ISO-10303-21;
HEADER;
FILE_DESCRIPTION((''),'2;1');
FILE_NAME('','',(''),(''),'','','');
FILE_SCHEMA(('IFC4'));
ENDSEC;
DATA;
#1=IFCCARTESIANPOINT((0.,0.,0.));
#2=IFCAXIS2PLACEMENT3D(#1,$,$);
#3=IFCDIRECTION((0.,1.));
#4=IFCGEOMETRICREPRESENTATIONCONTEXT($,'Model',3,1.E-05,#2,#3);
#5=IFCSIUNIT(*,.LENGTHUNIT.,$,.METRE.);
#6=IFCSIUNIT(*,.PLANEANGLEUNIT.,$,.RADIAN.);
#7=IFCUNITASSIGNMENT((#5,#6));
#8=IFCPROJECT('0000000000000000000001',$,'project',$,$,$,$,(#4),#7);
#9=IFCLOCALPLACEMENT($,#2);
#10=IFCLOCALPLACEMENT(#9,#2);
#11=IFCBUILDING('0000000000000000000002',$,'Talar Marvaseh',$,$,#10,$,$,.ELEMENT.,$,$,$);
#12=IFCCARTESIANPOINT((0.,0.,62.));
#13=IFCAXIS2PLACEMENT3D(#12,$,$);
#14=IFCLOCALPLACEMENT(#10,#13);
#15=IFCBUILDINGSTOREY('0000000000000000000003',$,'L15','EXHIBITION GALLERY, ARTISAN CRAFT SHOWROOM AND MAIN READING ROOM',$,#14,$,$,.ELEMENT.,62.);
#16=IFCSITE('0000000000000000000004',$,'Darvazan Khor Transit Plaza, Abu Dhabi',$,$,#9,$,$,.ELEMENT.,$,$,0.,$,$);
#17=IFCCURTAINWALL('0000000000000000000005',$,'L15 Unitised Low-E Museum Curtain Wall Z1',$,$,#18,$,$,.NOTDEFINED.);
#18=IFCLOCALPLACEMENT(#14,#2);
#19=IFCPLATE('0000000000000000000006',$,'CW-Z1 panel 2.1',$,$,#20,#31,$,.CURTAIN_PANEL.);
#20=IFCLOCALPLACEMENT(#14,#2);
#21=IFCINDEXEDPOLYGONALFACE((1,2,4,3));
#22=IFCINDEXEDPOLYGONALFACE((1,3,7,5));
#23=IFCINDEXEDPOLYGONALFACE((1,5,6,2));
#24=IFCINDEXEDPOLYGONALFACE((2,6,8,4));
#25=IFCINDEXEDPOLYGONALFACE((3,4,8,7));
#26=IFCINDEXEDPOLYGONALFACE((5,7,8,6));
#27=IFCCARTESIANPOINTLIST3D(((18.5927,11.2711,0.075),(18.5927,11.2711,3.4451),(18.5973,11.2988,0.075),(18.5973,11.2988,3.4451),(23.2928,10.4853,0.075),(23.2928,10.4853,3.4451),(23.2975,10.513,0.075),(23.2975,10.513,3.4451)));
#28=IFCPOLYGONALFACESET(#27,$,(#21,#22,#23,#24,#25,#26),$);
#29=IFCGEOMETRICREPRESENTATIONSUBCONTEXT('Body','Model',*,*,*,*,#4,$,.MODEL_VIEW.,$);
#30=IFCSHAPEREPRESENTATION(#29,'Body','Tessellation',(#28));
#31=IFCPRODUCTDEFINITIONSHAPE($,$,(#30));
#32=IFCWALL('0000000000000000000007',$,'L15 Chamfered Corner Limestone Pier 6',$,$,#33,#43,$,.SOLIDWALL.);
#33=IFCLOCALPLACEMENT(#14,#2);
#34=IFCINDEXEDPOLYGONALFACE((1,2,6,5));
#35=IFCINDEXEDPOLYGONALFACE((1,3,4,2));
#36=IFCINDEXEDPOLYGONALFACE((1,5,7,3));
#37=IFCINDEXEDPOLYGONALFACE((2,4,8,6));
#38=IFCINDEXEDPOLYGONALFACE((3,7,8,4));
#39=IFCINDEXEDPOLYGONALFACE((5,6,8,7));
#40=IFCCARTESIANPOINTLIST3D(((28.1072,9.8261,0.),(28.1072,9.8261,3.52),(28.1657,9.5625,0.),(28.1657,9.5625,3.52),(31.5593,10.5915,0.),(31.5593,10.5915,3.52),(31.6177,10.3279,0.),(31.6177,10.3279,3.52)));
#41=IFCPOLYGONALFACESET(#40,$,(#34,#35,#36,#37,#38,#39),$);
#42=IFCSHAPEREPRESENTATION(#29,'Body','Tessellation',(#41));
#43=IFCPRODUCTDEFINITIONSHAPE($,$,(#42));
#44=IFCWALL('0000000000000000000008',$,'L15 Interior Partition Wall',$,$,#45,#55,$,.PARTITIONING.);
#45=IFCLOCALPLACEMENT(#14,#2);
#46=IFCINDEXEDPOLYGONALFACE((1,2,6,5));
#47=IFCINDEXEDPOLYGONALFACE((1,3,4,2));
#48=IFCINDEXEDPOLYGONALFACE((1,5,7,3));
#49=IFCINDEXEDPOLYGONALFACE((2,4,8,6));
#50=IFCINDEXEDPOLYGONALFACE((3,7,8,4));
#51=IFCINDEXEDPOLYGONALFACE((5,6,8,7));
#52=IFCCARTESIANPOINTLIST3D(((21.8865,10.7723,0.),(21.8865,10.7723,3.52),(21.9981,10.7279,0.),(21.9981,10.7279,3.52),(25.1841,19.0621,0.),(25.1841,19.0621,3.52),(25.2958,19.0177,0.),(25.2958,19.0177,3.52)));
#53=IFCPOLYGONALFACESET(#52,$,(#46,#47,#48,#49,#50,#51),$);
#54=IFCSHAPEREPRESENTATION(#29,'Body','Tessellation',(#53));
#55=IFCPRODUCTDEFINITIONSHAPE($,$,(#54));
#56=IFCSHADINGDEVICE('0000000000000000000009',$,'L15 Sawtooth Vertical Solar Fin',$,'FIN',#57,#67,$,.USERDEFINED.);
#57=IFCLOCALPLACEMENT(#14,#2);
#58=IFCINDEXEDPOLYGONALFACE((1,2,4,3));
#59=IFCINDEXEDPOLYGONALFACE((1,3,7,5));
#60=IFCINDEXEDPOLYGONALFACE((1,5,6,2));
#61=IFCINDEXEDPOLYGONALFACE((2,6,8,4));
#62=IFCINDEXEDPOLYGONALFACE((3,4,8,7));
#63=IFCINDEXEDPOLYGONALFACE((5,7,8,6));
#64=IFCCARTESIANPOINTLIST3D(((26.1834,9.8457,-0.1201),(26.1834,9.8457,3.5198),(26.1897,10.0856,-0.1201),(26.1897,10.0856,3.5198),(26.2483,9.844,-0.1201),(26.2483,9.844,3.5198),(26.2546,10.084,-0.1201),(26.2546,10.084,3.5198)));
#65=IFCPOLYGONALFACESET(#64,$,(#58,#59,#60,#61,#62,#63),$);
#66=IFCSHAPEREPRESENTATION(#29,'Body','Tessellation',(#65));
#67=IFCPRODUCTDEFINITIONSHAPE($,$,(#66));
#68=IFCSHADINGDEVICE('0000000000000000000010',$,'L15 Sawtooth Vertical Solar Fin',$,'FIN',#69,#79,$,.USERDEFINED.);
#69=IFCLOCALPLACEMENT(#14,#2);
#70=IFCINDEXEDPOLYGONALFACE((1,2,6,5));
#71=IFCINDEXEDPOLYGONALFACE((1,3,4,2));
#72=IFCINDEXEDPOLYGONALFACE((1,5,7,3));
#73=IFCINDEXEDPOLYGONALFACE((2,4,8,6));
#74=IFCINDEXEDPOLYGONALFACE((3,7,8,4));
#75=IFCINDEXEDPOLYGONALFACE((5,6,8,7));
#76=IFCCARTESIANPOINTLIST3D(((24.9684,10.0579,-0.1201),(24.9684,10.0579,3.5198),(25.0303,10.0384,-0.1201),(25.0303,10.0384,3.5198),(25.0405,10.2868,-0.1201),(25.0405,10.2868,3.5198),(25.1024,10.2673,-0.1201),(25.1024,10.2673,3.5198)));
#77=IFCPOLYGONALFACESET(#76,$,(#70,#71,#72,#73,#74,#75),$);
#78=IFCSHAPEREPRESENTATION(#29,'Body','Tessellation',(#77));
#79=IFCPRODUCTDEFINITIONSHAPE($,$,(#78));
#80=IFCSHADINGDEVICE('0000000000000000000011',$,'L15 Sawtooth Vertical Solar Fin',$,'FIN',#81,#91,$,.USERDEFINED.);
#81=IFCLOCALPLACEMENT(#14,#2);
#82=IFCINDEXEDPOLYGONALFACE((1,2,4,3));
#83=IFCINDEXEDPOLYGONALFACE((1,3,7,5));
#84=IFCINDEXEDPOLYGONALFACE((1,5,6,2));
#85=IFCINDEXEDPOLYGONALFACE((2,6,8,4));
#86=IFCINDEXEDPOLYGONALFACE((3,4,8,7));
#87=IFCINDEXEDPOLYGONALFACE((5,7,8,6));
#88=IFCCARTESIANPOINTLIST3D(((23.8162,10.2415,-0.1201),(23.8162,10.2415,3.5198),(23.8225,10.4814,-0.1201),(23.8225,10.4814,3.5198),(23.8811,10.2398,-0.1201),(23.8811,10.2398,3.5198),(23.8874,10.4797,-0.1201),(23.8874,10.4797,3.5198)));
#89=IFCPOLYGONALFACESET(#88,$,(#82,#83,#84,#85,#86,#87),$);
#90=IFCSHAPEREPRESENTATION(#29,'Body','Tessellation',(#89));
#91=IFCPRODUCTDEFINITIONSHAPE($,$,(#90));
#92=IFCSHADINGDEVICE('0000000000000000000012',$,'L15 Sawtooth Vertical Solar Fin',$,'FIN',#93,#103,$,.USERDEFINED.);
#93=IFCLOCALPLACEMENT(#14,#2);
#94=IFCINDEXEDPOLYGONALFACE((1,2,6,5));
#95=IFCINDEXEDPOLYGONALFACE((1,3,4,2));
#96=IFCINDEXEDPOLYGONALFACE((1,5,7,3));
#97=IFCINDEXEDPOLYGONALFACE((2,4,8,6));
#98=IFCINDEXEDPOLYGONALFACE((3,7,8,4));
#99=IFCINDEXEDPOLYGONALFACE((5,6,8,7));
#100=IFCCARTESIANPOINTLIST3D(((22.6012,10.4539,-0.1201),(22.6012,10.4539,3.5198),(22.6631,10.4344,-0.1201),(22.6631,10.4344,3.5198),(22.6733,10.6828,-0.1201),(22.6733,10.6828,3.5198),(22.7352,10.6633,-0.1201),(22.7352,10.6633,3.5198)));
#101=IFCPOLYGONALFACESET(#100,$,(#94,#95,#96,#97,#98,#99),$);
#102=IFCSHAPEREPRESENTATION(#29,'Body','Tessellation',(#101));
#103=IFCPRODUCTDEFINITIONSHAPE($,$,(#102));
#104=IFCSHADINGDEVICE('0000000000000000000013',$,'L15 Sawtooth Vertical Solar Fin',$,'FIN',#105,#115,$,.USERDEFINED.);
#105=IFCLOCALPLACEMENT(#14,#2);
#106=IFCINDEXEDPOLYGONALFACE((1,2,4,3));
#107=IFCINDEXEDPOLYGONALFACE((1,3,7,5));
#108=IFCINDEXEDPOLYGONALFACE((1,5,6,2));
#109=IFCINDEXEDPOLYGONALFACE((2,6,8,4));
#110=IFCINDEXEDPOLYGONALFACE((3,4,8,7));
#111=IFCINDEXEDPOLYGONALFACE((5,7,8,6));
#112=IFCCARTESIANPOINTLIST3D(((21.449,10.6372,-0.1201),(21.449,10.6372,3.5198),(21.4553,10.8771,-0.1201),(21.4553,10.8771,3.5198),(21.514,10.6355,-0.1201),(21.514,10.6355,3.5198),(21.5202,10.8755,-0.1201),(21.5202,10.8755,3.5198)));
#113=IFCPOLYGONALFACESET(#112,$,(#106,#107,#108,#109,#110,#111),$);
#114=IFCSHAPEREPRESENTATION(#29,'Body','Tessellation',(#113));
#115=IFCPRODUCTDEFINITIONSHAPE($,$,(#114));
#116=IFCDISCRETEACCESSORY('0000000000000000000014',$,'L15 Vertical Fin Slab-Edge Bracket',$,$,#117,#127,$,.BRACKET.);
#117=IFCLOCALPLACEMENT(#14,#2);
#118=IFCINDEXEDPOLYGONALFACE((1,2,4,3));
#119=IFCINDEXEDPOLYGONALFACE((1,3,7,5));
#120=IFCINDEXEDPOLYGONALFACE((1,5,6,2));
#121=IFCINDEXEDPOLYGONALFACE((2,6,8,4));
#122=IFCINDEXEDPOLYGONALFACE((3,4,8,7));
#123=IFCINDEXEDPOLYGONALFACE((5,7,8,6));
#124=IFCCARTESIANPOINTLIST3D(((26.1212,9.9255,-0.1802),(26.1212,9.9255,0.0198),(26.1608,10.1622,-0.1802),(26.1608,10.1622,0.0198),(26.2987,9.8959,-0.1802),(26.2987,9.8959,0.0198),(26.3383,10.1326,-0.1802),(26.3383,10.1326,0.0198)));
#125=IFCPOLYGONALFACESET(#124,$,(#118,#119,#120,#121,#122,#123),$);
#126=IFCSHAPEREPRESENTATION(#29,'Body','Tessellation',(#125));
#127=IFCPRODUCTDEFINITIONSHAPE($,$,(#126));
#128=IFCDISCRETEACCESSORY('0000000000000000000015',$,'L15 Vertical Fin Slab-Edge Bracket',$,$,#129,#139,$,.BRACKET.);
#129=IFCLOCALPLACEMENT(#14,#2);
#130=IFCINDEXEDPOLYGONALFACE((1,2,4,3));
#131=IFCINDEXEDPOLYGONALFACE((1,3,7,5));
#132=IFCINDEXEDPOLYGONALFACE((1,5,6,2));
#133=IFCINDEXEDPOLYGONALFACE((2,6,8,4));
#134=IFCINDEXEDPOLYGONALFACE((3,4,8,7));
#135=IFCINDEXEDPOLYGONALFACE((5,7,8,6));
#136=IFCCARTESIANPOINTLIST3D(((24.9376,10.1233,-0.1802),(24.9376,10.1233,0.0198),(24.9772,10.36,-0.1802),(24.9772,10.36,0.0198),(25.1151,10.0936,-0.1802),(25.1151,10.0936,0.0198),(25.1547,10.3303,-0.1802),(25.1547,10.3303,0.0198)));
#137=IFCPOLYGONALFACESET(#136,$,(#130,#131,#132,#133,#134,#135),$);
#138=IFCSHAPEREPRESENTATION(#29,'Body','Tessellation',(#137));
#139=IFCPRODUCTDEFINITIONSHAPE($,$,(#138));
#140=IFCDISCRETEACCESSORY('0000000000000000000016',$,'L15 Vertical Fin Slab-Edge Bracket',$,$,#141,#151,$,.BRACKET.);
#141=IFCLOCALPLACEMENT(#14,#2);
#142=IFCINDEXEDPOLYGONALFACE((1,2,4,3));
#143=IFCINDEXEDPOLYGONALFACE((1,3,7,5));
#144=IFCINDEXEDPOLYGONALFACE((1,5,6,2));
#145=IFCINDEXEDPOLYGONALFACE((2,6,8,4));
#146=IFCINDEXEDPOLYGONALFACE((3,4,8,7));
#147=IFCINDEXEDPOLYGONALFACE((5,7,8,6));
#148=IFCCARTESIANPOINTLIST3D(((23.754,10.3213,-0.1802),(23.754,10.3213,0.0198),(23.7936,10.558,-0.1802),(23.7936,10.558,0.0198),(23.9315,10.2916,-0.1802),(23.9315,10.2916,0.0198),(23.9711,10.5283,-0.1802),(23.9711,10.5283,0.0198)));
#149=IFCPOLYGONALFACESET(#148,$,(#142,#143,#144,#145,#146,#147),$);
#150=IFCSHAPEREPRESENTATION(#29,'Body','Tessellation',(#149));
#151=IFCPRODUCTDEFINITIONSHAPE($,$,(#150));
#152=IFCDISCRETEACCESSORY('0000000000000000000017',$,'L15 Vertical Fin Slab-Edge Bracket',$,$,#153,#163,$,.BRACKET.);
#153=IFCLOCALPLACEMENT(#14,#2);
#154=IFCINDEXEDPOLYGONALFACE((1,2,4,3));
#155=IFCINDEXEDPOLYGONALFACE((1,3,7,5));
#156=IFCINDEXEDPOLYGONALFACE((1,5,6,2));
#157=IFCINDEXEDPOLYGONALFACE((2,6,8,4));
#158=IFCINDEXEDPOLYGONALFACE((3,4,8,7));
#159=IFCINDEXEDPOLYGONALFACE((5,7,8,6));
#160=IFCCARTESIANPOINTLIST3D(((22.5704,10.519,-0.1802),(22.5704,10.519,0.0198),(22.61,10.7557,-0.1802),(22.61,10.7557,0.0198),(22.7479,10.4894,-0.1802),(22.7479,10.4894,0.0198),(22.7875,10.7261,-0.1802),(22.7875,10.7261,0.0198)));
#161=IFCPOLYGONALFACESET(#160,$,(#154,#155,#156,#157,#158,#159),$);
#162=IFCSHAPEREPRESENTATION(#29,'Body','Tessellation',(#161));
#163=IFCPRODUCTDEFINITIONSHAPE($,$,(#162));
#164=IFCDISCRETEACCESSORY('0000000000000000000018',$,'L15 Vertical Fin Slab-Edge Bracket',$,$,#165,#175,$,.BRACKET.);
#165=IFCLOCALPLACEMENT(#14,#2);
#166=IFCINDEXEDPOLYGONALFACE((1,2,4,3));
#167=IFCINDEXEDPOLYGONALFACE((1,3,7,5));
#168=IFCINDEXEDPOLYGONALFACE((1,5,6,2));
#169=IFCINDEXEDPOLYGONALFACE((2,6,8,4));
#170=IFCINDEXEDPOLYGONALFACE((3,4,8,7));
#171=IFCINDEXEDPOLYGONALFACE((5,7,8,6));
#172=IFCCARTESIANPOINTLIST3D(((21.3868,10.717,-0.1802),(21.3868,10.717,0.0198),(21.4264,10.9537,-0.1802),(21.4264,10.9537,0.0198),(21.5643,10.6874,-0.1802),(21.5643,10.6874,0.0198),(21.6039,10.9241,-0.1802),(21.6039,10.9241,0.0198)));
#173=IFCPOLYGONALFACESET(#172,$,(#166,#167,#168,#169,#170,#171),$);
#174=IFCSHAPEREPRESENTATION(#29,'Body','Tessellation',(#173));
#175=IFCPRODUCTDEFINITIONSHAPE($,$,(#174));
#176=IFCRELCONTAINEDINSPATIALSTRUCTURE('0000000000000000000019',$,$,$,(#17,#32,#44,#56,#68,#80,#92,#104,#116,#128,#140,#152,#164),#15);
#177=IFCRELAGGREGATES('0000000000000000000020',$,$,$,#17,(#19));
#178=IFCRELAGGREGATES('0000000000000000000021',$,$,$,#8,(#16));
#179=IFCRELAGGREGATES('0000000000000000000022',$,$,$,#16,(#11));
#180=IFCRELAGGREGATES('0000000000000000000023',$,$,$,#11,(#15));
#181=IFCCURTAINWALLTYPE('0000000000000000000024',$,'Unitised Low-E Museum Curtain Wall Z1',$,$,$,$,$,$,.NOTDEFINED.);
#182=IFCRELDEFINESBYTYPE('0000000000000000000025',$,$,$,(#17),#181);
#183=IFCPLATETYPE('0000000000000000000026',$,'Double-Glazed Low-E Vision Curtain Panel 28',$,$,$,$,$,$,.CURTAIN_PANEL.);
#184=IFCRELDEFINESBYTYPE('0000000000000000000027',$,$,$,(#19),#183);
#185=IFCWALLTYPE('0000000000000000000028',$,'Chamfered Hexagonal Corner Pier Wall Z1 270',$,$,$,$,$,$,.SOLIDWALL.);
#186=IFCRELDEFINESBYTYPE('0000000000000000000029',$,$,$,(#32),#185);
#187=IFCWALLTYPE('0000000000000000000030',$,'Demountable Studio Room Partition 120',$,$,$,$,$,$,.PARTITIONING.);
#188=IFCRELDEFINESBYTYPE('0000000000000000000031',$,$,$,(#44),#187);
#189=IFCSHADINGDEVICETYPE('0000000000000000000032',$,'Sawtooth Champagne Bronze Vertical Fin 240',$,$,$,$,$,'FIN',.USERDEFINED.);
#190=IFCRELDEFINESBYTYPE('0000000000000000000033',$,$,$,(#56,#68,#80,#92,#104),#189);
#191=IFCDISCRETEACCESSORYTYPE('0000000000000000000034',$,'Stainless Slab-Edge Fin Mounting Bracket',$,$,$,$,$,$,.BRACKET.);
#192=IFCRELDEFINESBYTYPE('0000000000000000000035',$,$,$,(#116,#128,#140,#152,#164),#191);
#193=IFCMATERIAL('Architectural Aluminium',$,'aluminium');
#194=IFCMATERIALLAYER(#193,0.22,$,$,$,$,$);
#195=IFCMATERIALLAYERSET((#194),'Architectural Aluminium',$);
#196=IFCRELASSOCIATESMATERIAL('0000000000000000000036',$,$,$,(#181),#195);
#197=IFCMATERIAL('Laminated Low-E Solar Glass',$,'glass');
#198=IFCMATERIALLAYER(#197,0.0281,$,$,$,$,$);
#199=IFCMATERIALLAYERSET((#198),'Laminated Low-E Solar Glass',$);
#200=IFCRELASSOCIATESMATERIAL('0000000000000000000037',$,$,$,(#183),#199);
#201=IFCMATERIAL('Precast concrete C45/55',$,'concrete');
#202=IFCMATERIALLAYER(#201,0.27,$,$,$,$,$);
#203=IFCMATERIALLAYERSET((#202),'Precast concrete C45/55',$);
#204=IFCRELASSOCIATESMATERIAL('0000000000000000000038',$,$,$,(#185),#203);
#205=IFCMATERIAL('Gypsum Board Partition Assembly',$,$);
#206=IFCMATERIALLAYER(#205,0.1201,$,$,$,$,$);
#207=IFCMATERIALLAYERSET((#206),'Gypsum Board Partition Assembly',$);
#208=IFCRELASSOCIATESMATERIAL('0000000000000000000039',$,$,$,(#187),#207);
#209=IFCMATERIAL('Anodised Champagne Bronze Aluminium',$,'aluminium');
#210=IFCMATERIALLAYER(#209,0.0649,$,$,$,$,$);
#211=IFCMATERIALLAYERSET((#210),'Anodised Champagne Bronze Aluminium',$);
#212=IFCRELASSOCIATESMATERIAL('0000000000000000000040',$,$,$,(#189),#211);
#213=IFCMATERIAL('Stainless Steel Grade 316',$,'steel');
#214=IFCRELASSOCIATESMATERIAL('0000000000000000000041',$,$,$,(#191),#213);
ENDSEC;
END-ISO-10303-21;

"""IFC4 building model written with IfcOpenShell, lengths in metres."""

from ifc_helpers import new_model, si_unit, direction, frame, frame_2d, origin, origin_2d, place, context, subcontext, project, spatial, rectangle, extrude, source, transform, mapped, material, layer, layer_set, type_object, type_shapes, element, aggregate, save


model = new_model("IFC4")

# Units and contexts
model_context = context("Model", 3, precision=1e-05, world=origin(), true_north=direction((0.0, 1.0)))
body_context = subcontext(model_context, "Body", "Model", "MODEL_VIEW")
ifc_project = project(units=[si_unit("LENGTHUNIT", "METRE"), si_unit("PLANEANGLEUNIT", "RADIAN")], contexts=[model_context])

# Site, building, storey
site_placement = place(None, origin())
site = spatial("IfcSite", under=ifc_project, at=site_placement, Name="Darvazan Khor Transit Plaza, Abu Dhabi", CompositionType="ELEMENT", RefElevation=0.0)
building_placement = place(site_placement, origin())
building = spatial("IfcBuilding", under=site, at=building_placement, Name="Talar Marvaseh", CompositionType="ELEMENT")
storey_placement = place(building_placement, frame((0.0, 0.0, 62.0)))
storey = spatial("IfcBuildingStorey", under=building, at=storey_placement, Name="L15", Description="EXHIBITION GALLERY, ARTISAN CRAFT SHOWROOM AND MAIN READING ROOM", CompositionType="ELEMENT", Elevation=62.0)

# Shared definitions
ifc_material_1 = material(Name="Architectural Aluminium", Category="aluminium")
ifc_layer_1 = layer(ifc_material_1, 0.22)
ifc_layer_set_1 = layer_set([ifc_layer_1], Name="Architectural Aluminium")
curtain_wall_type = type_object("IfcCurtainWallType", Name="Unitised Low-E Museum Curtain Wall Z1", PredefinedType="NOTDEFINED", material=ifc_layer_set_1)

# Curtain wall, plate
curtain_wall_1_placement = place(storey_placement, origin())
curtain_wall_1 = element("IfcCurtainWall", 1, at=curtain_wall_1_placement, inside=storey, type_object=curtain_wall_type, Name="L15 Unitised Low-E Museum Curtain Wall Z1", PredefinedType="NOTDEFINED")
ifc_material_2 = material(Name="Laminated Low-E Solar Glass", Category="glass")
ifc_layer_2 = layer(ifc_material_2, 0.0281)
ifc_layer_set_2 = layer_set([ifc_layer_2], Name="Laminated Low-E Solar Glass")
plate_type = type_object("IfcPlateType", Name="Double-Glazed Low-E Vision Curtain Panel 28", PredefinedType="CURTAIN_PANEL", material=ifc_layer_set_2)
shared_shape_1 = source(origin(), body_context, "Body", "SweptSolid", [
    extrude(rectangle(XDim=4.7654, YDim=0.0281, at=origin_2d()), origin(), (0.0, 0.0, 1.0), 3.3701),
])
plate_1_placement = place(storey_placement, frame((20.9451, 10.8921, 0.075), z_axis=(0.0, 0.0, 1.0), x_axis=(-0.986311, 0.164896, 0.0)))
plate_1 = element("IfcPlate", 2, at=plate_1_placement, type_object=plate_type, Name="CW-Z1 panel 2.1", PredefinedType="CURTAIN_PANEL", context=body_context, shape_type="MappedRepresentation", body=[
    mapped(shared_shape_1, transform((0.0, 0.0, 0.0), x_axis=(1.0, 0.0, 0.0), y_axis=(0.0, 1.0, 0.0), z_axis=(0.0, 0.0, 1.0), scale=1.0)),
])
aggregate(curtain_wall_1, [plate_1])

# Walls
ifc_material_3 = material(Name="Precast concrete C45/55", Category="concrete")
ifc_layer_3 = layer(ifc_material_3, 0.27)
ifc_layer_set_3 = layer_set([ifc_layer_3], Name="Precast concrete C45/55")
wall_type_1 = type_object("IfcWallType", Name="Chamfered Hexagonal Corner Pier Wall Z1 270", PredefinedType="SOLIDWALL", material=ifc_layer_set_3)
wall_1_placement = place(storey_placement, frame((31.5886, 10.4597, 0.0), z_axis=(0.0, 0.0, 1.0), x_axis=(-0.976293, -0.216455, 0.0)))
element("IfcWall", 3, at=wall_1_placement, inside=storey, type_object=wall_type_1, Name="L15 Chamfered Corner Limestone Pier 6", PredefinedType="SOLIDWALL", context=body_context, shape_type="SweptSolid", body=[
    extrude(rectangle(XDim=3.5359, YDim=0.27, at=frame_2d((1.7681, 0.0))), origin(), (0.0, 0.0, 1.0), 3.52),
])
ifc_material_4 = material(Name="Gypsum Board Partition Assembly")
ifc_layer_4 = layer(ifc_material_4, 0.1201)
ifc_layer_set_4 = layer_set([ifc_layer_4], Name="Gypsum Board Partition Assembly")
wall_type_2 = type_object("IfcWallType", Name="Demountable Studio Room Partition 120", PredefinedType="PARTITIONING", material=ifc_layer_set_4)
wall_2_placement = place(storey_placement, frame((25.24, 19.04, 0.0), z_axis=(0.0, 0.0, 1.0), x_axis=(-0.369621, -0.929183, 0.0)))
element("IfcWall", 4, at=wall_2_placement, inside=storey, type_object=wall_type_2, Name="L15 Interior Partition Wall", PredefinedType="PARTITIONING", context=body_context, shape_type="SweptSolid", body=[
    extrude(rectangle(XDim=8.9216, YDim=0.1201, at=frame_2d((4.4609, 0.0))), origin(), (0.0, 0.0, 1.0), 3.52),
])

# Shading devices
ifc_material_5 = material(Name="Anodised Champagne Bronze Aluminium", Category="aluminium")
ifc_layer_5 = layer(ifc_material_5, 0.0649)
ifc_layer_set_5 = layer_set([ifc_layer_5], Name="Anodised Champagne Bronze Aluminium")
shading_device_type = type_object("IfcShadingDeviceType", Name="Sawtooth Champagne Bronze Vertical Fin 240", ElementType="FIN", PredefinedType="USERDEFINED", material=ifc_layer_set_5)
shared_shape_2 = source(origin(), body_context, "Body", "SweptSolid", [
    extrude(rectangle(XDim=0.24, YDim=0.0649, at=origin_2d()), origin(), (0.0, 0.0, 1.0), 3.6399),
])
type_shapes(shading_device_type, [shared_shape_2])
for number, where, z_axis, x_axis, name in (
    (5, (26.219, 9.9648, -0.1201), (0.0, 0.0, 1.0), (-0.026002, -0.999662, 0.0), "L15 Sawtooth Vertical Solar Fin"),
    (6, (25.0354, 10.1626, -0.1201), (0.0, 0.0, 1.0), (-0.300539, -0.953769, 0.0), "L15 Sawtooth Vertical Solar Fin"),
    (7, (23.8518, 10.3606, -0.1201), (0.0, 0.0, 1.0), (-0.026002, -0.999662, 0.0), "L15 Sawtooth Vertical Solar Fin"),
    (8, (22.6682, 10.5586, -0.1201), (0.0, 0.0, 1.0), (-0.300539, -0.953769, 0.0), "L15 Sawtooth Vertical Solar Fin"),
    (9, (21.4846, 10.7563, -0.1201), (0.0, 0.0, 1.0), (-0.026002, -0.999662, 0.0), "L15 Sawtooth Vertical Solar Fin"),
):
    element("IfcShadingDevice", number, at=place(storey_placement, frame(where, z_axis=z_axis, x_axis=x_axis)), inside=storey, type_object=shading_device_type, Name=name, ObjectType="FIN", PredefinedType="USERDEFINED", context=body_context, shape_type="MappedRepresentation", body=[
        mapped(shared_shape_2, transform((0.0, 0.0, 0.0), x_axis=(1.0, 0.0, 0.0), y_axis=(0.0, 1.0, 0.0), z_axis=(0.0, 0.0, 1.0), scale=1.0)),
    ])

# Discrete accessories
ifc_material_6 = material(Name="Stainless Steel Grade 316", Category="steel")
discrete_accessory_type = type_object("IfcDiscreteAccessoryType", Name="Stainless Slab-Edge Fin Mounting Bracket", PredefinedType="BRACKET", material=ifc_material_6)
shared_shape_3 = source(origin(), body_context, "Body", "SweptSolid", [
    extrude(rectangle(XDim=0.24, YDim=0.1799, at=origin_2d()), origin(), (0.0, 0.0, 1.0), 0.2),
])
type_shapes(discrete_accessory_type, [shared_shape_3])
for number, where, z_axis, x_axis, name in (
    (10, (26.2297, 10.0291, -0.1802), (0.0, 0.0, 1.0), (-0.164875, -0.986314, 0.0), "L15 Vertical Fin Slab-Edge Bracket"),
    (11, (25.0461, 10.2268, -0.1802), (0.0, 0.0, 1.0), (-0.164875, -0.986314, 0.0), "L15 Vertical Fin Slab-Edge Bracket"),
    (12, (23.8625, 10.4248, -0.1802), (0.0, 0.0, 1.0), (-0.164875, -0.986314, 0.0), "L15 Vertical Fin Slab-Edge Bracket"),
    (13, (22.679, 10.6226, -0.1802), (0.0, 0.0, 1.0), (-0.164875, -0.986314, 0.0), "L15 Vertical Fin Slab-Edge Bracket"),
    (14, (21.4954, 10.8206, -0.1802), (0.0, 0.0, 1.0), (-0.164875, -0.986314, 0.0), "L15 Vertical Fin Slab-Edge Bracket"),
):
    element("IfcDiscreteAccessory", number, at=place(storey_placement, frame(where, z_axis=z_axis, x_axis=x_axis)), inside=storey, type_object=discrete_accessory_type, Name=name, PredefinedType="BRACKET", context=body_context, shape_type="MappedRepresentation", body=[
        mapped(shared_shape_3, transform((0.0, 0.0, 0.0), x_axis=(1.0, 0.0, 0.0), y_axis=(0.0, 1.0, 0.0), z_axis=(0.0, 0.0, 1.0), scale=1.0)),
    ])

save(model, "model.ifc")
